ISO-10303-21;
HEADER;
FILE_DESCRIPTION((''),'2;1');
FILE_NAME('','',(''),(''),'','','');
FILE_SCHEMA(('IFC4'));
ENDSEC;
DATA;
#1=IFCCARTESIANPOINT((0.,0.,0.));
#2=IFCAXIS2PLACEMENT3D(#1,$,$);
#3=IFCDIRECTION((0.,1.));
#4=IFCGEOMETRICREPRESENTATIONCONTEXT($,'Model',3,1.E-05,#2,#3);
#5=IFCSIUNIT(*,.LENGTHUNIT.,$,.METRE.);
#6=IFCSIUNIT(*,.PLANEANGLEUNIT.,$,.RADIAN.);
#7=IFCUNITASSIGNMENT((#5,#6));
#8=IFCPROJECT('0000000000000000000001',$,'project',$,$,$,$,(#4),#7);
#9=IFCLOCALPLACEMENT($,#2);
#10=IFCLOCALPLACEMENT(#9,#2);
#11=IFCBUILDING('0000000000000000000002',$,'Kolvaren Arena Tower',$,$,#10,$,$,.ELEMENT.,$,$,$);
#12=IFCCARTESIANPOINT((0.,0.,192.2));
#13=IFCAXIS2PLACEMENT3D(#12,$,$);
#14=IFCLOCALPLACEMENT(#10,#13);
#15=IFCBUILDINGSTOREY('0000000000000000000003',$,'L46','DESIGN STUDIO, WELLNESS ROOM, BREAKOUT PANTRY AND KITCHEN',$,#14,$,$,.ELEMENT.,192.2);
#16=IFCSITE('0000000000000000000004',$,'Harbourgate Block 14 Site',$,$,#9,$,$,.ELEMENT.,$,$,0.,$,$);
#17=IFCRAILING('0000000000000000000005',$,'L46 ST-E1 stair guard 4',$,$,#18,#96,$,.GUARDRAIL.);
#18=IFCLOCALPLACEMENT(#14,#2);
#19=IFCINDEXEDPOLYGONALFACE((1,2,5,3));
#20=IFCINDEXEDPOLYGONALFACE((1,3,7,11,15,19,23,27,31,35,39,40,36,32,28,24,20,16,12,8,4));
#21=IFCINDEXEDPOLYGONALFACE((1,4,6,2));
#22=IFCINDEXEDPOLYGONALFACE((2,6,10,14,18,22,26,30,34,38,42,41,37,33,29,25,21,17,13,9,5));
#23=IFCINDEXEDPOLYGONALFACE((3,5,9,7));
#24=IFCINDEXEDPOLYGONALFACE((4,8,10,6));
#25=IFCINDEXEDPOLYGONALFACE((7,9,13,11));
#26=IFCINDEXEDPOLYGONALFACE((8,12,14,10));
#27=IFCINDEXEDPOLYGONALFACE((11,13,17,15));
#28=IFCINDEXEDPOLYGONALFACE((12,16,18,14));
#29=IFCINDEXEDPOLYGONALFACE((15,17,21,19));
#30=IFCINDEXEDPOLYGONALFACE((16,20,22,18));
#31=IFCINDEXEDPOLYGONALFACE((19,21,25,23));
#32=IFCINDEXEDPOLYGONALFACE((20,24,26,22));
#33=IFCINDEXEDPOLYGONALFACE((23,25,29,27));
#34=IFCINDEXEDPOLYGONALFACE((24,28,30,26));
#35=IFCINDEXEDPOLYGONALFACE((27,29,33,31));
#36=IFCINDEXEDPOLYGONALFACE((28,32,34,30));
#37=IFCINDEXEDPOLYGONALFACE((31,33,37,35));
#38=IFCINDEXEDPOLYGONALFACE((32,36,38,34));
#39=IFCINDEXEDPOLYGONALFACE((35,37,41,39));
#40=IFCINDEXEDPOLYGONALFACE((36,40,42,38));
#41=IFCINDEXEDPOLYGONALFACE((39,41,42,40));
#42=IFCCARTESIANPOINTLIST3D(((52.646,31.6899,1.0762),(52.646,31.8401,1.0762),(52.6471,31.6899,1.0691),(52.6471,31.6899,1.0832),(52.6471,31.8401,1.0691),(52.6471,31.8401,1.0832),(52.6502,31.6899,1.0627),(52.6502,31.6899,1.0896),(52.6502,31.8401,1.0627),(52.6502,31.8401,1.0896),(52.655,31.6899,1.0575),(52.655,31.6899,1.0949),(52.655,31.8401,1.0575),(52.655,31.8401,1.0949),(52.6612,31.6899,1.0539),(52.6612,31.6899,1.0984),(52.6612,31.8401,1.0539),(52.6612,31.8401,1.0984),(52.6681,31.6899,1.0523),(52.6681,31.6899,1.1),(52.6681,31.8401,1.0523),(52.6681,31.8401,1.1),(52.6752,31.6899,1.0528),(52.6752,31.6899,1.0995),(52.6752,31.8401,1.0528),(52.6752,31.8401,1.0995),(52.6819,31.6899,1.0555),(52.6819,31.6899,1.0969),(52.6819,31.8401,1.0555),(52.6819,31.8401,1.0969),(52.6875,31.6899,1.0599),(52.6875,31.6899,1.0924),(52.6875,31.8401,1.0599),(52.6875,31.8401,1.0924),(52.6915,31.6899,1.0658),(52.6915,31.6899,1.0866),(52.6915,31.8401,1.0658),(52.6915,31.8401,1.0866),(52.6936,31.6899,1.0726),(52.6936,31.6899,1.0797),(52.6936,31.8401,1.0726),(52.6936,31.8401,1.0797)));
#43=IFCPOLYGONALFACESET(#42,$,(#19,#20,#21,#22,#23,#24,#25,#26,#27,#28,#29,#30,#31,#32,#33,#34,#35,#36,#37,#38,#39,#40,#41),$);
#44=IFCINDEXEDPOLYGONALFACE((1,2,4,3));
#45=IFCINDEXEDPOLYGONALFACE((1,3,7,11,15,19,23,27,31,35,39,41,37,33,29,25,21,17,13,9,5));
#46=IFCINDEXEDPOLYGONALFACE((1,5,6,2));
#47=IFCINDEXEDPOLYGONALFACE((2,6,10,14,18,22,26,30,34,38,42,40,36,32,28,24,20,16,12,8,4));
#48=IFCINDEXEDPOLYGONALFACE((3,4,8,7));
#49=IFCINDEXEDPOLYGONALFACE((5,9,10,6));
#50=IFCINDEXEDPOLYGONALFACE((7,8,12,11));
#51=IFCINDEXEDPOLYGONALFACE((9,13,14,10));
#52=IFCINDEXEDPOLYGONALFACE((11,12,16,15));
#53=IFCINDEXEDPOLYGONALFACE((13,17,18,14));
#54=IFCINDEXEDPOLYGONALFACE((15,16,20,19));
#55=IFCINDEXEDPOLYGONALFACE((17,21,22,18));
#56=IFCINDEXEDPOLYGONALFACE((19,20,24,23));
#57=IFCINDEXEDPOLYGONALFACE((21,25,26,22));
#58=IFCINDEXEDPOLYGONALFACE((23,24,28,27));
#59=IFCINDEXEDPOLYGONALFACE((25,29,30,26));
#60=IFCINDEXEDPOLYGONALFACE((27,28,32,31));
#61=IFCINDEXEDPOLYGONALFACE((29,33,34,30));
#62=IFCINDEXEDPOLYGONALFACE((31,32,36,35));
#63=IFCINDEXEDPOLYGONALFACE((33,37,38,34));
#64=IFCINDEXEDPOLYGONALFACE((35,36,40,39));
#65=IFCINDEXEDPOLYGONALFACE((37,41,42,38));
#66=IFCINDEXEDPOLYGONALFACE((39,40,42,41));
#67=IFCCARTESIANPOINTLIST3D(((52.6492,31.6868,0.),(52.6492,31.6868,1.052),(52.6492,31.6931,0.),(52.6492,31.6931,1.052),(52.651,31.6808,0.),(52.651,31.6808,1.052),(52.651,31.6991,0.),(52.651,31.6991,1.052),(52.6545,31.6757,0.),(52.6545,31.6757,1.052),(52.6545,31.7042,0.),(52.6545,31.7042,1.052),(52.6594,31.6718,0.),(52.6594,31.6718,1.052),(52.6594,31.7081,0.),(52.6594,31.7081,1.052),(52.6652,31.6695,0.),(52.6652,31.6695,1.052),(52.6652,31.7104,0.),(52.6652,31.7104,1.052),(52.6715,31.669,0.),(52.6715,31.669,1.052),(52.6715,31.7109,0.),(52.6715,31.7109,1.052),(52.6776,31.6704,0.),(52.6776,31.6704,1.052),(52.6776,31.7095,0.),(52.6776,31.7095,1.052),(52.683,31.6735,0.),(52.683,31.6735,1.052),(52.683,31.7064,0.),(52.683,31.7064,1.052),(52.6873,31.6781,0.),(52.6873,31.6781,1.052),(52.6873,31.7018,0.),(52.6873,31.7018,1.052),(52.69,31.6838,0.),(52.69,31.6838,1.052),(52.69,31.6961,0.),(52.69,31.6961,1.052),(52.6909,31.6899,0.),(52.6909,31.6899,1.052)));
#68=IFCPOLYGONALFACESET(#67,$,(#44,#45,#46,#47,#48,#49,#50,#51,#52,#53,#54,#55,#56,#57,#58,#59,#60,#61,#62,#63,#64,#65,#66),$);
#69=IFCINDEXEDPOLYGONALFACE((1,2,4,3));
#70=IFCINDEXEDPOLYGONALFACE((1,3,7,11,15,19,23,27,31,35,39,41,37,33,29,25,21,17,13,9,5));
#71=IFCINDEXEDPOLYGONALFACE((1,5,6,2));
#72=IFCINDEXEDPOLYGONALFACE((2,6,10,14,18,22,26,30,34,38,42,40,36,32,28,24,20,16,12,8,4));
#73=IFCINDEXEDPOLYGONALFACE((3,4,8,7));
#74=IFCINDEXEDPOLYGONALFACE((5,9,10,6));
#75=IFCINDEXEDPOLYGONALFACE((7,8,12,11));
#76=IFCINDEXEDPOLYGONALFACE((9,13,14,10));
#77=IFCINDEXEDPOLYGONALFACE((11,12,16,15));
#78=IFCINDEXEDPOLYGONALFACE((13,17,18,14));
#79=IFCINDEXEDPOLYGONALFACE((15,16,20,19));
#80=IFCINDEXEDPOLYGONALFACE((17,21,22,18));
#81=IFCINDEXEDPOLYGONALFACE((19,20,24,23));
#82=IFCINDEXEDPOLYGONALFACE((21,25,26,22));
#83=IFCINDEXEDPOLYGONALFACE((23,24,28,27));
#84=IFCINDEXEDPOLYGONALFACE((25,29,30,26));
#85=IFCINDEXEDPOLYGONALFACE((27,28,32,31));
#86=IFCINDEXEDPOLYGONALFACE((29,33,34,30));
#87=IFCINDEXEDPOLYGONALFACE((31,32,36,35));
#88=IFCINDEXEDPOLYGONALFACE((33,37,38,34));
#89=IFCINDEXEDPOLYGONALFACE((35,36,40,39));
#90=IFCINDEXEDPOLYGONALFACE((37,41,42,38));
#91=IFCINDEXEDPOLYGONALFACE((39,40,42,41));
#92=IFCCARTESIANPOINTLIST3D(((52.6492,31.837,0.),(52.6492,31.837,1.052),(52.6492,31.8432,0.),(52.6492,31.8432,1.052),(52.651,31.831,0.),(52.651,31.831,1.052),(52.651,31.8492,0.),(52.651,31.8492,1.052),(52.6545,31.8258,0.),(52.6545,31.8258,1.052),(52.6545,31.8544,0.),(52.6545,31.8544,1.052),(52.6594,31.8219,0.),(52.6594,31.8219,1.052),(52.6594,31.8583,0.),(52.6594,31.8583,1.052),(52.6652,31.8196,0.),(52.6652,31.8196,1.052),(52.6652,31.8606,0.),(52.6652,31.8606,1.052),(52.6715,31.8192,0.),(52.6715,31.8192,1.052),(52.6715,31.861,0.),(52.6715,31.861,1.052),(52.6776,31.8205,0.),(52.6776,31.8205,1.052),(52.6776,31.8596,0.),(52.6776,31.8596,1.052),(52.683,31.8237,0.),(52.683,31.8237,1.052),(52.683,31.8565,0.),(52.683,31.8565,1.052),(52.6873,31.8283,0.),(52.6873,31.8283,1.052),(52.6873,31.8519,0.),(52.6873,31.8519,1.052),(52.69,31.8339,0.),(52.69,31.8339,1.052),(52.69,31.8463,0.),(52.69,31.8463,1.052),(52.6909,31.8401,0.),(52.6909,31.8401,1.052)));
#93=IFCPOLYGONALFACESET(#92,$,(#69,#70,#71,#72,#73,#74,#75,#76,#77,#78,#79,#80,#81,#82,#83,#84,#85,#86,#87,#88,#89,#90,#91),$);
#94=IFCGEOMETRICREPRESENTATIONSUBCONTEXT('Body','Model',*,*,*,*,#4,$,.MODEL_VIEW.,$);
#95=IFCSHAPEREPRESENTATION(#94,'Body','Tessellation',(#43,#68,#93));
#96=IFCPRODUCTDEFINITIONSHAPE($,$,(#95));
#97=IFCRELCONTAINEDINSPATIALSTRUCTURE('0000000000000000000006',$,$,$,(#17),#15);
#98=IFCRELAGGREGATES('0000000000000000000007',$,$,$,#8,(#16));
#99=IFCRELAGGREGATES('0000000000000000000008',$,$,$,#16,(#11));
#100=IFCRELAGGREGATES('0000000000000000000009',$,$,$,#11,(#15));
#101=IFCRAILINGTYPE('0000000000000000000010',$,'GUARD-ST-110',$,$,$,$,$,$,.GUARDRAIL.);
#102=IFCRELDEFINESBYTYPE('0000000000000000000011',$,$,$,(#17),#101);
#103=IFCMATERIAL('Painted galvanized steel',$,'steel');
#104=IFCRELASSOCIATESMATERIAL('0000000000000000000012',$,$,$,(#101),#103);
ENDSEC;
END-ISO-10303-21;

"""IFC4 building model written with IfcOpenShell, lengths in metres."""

from ifc_helpers import new_model, si_unit, direction, frame, origin, origin_2d, place, context, subcontext, project, spatial, circle, extrude, material, type_object, element, save


model = new_model("IFC4")

# Units and contexts
model_context = context("Model", 3, precision=1e-05, world=origin(), true_north=direction((0.0, 1.0)))
body_context = subcontext(model_context, "Body", "Model", "MODEL_VIEW")
ifc_project = project(units=[si_unit("LENGTHUNIT", "METRE"), si_unit("PLANEANGLEUNIT", "RADIAN")], contexts=[model_context])

# Site, building, storey
site_placement = place(None, origin())
site = spatial("IfcSite", under=ifc_project, at=site_placement, Name="Harbourgate Block 14 Site", CompositionType="ELEMENT", RefElevation=0.0)
building_placement = place(site_placement, origin())
building = spatial("IfcBuilding", under=site, at=building_placement, Name="Kolvaren Arena Tower", CompositionType="ELEMENT")
storey_placement = place(building_placement, frame((0.0, 0.0, 192.2)))
storey = spatial("IfcBuildingStorey", under=building, at=storey_placement, Name="L46", Description="DESIGN STUDIO, WELLNESS ROOM, BREAKOUT PANTRY AND KITCHEN", CompositionType="ELEMENT", Elevation=192.2)

# Railing
ifc_material_1 = material(Name="Painted galvanized steel", Category="steel")
railing_type_1 = type_object("IfcRailingType", Name="GUARD-ST-110", PredefinedType="GUARDRAIL", material=ifc_material_1)
railing_1_placement = place(storey_placement, frame((52.6699, 31.6899, 0.0)))
element("IfcRailing", 1, at=railing_1_placement, inside=storey, type_object=railing_type_1, Name="L46 ST-E1 stair guard 4", PredefinedType="GUARDRAIL", context=body_context, shape_type="SweptSolid", body=[
    extrude(circle(Radius=0.0239, at=origin_2d()), frame((0.0, 0.0, 1.0762), z_axis=(0.0, 1.0, 0.0), x_axis=(-1.0, 0.0, 0.0)), (0.0, 0.0, 1.0), 0.1501),
    extrude(circle(Radius=0.021, at=origin_2d()), origin(), (0.0, 0.0, 1.0), 1.052),
    extrude(circle(Radius=0.021, at=origin_2d()), frame((0.0, 0.1501, 0.0)), (0.0, 0.0, 1.0), 1.052),
])

save(model, "model.ifc")
